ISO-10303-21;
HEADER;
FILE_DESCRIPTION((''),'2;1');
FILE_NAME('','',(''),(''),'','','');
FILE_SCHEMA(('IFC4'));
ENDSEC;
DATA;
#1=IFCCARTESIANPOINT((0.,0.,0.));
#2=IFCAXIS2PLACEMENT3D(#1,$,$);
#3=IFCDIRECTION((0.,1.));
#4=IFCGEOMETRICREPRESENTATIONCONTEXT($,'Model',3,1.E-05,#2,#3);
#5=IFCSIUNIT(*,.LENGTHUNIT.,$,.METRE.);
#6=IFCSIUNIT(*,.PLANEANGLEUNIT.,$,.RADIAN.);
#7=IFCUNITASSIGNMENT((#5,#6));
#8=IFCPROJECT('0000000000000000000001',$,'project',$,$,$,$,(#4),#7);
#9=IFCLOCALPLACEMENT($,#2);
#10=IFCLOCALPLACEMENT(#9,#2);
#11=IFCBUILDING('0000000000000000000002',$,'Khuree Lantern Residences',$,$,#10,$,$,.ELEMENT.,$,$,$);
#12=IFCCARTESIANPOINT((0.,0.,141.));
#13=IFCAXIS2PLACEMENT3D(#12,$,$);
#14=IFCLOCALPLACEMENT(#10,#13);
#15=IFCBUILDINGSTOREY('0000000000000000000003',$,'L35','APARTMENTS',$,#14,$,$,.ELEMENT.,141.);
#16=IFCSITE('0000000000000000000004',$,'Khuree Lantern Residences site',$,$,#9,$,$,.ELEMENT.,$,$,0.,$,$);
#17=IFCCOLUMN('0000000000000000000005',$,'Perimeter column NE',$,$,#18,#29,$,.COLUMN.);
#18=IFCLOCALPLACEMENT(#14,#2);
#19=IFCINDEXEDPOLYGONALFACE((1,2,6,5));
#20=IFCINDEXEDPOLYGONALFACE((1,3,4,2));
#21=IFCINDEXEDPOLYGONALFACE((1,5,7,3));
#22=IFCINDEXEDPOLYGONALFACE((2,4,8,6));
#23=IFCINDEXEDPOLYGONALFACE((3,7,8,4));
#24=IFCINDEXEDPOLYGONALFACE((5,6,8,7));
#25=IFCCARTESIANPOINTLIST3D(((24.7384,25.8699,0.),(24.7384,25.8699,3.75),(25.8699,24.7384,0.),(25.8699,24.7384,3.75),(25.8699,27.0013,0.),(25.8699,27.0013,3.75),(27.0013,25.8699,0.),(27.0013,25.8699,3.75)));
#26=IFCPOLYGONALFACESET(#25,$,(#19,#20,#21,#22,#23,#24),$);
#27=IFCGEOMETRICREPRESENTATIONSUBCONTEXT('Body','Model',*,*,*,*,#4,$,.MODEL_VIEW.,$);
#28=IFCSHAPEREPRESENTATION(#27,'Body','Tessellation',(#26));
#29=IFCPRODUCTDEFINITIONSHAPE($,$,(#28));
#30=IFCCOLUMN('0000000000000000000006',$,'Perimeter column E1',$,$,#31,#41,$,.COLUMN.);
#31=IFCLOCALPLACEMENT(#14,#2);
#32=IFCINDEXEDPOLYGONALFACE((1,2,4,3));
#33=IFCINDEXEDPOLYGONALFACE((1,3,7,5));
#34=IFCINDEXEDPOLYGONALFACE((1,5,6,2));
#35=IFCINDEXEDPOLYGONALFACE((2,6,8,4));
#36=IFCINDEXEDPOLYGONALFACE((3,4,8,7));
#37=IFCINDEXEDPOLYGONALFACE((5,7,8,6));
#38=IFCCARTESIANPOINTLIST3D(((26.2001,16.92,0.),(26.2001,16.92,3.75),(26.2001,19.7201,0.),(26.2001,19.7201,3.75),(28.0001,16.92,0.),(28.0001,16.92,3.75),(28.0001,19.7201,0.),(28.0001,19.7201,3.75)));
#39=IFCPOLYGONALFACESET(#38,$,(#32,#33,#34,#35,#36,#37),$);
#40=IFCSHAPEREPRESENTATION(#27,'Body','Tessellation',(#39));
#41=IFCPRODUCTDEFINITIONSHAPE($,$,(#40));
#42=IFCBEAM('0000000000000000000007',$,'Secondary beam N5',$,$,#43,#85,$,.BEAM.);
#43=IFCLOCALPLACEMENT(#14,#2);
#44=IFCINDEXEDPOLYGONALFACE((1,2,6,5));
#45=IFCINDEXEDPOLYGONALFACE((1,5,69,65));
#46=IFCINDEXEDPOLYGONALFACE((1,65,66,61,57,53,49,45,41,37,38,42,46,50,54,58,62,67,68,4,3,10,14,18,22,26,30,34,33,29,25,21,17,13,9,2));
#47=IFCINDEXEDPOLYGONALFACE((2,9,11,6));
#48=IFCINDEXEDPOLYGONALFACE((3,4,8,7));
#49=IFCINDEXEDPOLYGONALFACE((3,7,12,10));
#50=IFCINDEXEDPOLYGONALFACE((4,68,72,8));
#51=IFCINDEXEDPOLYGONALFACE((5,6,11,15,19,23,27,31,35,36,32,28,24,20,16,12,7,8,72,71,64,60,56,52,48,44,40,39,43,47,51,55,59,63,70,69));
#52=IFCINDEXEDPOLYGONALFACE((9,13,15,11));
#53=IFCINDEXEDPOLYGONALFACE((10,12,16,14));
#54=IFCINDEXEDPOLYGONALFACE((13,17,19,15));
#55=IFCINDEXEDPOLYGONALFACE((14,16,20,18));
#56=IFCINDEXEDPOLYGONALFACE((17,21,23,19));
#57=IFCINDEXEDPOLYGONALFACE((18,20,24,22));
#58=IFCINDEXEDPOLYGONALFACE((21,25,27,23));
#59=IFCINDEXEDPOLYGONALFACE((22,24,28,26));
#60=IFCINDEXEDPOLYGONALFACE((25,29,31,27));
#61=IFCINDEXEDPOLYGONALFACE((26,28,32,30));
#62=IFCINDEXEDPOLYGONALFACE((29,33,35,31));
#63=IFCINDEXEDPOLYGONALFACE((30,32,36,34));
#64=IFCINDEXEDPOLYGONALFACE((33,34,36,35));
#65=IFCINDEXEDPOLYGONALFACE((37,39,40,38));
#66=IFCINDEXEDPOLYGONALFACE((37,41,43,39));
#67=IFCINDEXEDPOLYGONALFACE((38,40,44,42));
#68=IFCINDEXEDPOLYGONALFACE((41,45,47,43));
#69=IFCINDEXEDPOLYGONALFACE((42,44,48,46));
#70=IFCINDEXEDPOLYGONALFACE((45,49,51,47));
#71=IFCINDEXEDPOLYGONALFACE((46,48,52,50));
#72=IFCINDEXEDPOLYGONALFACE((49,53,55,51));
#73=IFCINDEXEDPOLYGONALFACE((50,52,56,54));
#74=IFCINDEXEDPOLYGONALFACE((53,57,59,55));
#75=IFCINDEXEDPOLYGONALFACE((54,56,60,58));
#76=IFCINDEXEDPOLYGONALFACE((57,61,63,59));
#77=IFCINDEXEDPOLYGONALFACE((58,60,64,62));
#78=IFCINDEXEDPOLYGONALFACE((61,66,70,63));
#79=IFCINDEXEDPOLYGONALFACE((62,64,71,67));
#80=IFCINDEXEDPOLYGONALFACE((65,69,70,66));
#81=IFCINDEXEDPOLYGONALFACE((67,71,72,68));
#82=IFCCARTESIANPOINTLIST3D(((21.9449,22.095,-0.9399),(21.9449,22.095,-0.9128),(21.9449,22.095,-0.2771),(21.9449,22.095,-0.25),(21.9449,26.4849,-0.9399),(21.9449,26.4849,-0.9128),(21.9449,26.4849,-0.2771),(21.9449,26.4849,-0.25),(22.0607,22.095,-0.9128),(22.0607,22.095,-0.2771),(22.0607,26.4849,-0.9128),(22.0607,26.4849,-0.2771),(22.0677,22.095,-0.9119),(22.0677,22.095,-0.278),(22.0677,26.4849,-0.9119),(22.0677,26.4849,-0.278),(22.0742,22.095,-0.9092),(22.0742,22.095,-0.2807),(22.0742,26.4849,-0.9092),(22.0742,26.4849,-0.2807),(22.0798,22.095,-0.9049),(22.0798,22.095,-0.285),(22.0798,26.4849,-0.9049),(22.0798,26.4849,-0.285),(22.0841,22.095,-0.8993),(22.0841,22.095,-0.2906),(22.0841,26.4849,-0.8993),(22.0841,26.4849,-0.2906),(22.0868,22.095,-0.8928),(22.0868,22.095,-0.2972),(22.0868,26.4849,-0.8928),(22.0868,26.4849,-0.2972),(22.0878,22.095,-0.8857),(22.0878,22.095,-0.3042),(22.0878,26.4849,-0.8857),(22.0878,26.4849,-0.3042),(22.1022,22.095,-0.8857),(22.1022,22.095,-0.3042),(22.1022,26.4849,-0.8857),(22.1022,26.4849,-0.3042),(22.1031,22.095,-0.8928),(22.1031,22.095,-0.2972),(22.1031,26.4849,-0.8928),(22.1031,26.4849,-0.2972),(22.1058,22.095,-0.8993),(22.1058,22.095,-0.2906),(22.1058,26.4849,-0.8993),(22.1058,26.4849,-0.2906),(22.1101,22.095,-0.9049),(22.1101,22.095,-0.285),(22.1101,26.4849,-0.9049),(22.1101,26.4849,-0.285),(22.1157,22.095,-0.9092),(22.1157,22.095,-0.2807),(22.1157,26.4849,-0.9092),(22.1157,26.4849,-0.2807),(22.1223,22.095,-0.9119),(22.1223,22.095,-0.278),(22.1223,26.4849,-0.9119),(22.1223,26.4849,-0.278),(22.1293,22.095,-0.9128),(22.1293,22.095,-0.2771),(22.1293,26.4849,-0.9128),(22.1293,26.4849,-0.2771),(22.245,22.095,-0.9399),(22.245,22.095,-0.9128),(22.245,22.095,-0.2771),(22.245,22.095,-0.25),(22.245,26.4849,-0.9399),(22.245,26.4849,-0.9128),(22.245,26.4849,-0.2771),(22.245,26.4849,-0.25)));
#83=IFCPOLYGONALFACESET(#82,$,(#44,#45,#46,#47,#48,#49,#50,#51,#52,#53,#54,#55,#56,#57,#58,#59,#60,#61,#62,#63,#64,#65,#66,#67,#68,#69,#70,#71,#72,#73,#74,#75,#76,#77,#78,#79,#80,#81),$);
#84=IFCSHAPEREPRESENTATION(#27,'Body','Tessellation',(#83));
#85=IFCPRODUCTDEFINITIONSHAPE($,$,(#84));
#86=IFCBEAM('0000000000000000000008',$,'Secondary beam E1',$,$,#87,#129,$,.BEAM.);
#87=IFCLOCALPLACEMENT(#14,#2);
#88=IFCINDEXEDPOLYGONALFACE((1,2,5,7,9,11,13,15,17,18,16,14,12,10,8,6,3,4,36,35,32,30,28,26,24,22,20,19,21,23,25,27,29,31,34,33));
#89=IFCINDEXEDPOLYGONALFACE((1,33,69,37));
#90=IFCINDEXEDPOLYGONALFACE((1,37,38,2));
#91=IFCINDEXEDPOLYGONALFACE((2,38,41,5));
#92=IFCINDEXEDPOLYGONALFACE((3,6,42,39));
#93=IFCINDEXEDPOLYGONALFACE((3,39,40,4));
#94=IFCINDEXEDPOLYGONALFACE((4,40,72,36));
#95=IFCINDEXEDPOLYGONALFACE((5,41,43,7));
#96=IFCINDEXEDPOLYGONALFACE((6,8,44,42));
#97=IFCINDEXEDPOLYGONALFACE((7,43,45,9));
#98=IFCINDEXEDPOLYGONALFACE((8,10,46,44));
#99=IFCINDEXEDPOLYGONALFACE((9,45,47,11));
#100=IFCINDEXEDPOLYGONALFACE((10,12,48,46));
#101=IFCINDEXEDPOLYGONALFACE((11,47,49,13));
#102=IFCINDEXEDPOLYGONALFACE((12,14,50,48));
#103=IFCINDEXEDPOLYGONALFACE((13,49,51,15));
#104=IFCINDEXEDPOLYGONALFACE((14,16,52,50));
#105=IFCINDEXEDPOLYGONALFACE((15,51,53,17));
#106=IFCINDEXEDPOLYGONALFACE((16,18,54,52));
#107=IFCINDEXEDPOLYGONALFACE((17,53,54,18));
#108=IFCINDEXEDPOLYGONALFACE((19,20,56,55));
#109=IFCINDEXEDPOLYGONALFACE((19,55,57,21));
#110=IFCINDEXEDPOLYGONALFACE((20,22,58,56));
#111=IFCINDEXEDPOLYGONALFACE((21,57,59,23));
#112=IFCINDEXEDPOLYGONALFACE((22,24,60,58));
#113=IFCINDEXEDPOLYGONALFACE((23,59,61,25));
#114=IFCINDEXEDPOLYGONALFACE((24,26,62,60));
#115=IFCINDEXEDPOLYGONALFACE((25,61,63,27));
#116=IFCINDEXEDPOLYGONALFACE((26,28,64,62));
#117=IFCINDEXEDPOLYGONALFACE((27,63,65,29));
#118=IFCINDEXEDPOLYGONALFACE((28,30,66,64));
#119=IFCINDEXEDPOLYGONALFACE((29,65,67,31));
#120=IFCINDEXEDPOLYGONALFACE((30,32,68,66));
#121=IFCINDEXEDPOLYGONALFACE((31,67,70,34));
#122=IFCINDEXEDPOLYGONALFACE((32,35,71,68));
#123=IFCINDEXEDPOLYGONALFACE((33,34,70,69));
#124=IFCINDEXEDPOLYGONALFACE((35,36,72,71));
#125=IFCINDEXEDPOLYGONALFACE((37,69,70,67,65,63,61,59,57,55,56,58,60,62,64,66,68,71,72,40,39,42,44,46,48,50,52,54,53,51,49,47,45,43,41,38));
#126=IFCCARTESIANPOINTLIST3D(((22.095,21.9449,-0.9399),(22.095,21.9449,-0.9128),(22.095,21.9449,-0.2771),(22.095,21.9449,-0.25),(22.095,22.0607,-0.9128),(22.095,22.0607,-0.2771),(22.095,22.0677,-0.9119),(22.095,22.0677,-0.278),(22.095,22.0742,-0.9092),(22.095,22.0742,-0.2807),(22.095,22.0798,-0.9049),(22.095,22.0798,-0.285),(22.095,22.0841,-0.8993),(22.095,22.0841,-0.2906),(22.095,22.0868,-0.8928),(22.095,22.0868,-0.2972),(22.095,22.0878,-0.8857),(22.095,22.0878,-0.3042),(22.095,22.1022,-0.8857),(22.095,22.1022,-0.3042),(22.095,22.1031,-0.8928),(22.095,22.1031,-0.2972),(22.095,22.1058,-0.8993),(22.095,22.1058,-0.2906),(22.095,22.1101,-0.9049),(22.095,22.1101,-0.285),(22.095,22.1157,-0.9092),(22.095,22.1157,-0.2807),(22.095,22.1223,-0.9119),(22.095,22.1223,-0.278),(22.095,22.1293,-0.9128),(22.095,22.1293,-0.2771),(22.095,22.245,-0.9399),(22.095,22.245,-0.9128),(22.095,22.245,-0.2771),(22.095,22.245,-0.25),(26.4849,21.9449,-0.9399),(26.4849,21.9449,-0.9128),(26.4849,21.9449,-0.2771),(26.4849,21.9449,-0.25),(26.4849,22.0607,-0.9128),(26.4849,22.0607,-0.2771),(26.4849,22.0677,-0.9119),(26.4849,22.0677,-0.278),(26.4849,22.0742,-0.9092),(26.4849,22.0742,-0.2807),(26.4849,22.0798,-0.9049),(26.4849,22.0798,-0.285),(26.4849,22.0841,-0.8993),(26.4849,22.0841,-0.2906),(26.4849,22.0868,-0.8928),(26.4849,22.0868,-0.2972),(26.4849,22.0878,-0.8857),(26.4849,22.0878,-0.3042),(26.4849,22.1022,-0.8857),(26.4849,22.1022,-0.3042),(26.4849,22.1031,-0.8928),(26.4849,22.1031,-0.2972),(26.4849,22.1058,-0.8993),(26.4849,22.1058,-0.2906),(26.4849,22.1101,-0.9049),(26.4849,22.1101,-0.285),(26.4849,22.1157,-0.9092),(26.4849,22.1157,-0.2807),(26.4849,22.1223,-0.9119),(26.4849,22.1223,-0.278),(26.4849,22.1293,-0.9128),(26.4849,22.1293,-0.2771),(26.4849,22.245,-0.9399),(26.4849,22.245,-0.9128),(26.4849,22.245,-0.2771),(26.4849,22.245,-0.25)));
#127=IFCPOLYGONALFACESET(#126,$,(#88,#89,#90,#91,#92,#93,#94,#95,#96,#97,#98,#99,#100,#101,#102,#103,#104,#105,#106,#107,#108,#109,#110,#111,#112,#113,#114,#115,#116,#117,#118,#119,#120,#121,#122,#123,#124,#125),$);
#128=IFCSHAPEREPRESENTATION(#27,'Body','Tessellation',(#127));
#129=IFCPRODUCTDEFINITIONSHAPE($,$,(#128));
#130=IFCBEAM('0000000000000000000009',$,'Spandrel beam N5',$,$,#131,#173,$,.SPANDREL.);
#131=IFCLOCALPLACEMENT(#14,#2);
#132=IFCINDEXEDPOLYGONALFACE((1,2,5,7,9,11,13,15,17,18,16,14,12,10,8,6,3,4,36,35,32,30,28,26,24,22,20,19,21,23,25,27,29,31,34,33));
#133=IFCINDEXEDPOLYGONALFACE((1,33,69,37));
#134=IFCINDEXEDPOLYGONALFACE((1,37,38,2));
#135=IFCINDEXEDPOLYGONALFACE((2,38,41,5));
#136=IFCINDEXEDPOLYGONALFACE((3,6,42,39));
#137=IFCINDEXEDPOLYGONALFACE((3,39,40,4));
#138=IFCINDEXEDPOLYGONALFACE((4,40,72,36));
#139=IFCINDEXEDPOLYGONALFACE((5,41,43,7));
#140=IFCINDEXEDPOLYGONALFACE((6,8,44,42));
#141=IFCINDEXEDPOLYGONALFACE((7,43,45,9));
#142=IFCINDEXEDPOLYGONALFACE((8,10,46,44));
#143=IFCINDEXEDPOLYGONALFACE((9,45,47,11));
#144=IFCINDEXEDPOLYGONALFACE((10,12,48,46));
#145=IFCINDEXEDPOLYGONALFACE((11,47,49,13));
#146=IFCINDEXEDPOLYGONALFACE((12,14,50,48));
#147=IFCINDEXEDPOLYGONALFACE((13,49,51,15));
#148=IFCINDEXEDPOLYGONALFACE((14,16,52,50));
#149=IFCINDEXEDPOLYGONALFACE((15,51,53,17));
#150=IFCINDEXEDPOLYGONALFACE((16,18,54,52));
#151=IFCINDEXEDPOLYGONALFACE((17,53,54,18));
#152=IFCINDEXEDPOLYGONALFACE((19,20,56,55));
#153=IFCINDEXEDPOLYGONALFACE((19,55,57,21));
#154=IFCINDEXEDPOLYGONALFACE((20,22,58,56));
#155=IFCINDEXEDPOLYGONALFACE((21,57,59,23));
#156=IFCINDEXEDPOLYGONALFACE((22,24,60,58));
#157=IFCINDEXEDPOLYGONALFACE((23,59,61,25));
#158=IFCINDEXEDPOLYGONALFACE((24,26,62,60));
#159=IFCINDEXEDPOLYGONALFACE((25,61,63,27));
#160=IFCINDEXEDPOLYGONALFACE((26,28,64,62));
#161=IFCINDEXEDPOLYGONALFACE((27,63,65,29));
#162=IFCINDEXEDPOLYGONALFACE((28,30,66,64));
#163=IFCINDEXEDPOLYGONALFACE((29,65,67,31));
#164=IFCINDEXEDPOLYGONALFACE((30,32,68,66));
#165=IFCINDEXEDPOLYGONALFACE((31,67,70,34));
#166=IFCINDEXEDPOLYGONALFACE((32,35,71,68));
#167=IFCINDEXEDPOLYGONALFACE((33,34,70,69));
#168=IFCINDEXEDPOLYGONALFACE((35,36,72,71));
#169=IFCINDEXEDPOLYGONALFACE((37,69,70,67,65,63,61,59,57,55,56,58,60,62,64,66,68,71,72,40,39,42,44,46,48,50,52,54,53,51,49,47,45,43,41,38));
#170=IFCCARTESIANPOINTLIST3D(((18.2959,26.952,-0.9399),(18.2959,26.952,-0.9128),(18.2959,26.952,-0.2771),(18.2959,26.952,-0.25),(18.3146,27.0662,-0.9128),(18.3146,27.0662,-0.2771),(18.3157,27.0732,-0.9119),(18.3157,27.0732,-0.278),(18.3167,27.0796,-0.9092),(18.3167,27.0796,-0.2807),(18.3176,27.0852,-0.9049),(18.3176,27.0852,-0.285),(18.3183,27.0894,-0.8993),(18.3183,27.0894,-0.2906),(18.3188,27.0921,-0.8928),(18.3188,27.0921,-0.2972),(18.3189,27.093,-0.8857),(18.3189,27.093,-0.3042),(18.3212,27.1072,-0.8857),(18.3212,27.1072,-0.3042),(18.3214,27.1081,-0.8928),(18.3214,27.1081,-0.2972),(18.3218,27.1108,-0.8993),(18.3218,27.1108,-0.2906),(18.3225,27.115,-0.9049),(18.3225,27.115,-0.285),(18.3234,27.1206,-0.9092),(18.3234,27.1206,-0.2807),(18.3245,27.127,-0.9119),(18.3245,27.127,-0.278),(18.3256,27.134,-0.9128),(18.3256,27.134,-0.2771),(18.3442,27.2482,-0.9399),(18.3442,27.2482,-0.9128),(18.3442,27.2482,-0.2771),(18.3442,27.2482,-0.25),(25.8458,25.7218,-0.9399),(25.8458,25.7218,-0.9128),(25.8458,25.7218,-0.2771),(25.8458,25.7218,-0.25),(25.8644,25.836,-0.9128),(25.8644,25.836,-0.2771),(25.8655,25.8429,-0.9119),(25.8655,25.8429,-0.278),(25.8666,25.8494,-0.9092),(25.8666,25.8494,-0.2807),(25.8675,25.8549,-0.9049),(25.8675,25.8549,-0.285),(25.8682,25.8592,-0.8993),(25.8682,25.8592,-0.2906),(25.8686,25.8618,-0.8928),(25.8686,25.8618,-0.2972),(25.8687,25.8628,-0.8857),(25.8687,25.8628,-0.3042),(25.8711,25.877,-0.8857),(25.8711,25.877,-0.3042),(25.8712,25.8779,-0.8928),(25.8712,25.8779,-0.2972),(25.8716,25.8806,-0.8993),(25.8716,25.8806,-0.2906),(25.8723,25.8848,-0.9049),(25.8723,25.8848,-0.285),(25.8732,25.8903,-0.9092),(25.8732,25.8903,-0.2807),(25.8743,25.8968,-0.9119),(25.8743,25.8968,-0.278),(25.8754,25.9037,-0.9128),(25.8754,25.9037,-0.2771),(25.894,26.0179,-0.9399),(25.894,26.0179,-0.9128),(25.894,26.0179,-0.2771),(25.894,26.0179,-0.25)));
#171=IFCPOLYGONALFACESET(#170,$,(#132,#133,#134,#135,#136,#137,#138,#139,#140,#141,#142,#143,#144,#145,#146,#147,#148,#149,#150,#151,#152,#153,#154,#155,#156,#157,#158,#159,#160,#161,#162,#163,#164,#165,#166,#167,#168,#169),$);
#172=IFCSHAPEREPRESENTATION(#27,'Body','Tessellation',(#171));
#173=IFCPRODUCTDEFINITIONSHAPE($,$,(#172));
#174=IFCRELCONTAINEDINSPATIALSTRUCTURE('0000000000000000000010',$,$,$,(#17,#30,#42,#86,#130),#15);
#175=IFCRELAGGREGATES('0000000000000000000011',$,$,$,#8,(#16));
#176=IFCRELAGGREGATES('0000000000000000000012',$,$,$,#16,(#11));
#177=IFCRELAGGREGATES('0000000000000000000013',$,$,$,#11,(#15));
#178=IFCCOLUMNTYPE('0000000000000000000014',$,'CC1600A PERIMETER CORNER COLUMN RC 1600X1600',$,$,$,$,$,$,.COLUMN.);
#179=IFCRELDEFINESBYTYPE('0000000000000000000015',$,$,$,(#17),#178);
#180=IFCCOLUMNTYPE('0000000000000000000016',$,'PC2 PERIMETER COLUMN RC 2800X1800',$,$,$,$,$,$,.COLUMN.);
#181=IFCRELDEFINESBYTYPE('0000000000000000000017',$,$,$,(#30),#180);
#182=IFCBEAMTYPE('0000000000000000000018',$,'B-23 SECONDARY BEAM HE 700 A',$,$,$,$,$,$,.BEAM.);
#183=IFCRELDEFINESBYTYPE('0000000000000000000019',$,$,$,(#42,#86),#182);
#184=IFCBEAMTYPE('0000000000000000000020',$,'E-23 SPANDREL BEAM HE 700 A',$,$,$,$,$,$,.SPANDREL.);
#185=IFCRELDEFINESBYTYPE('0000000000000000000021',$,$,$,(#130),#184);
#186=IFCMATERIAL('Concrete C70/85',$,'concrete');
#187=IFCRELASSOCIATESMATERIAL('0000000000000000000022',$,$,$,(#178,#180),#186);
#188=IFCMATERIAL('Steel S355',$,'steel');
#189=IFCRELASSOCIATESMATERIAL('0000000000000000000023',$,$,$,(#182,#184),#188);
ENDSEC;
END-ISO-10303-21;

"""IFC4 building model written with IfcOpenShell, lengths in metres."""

from ifc_helpers import new_model, si_unit, direction, frame, origin, origin_2d, place, context, subcontext, project, spatial, rectangle, i_section, extrude, material, material_profile, profile_set, type_object, element, save


model = new_model("IFC4")

# Units and contexts
model_context = context("Model", 3, precision=1e-05, world=origin(), true_north=direction((0.0, 1.0)))
body_context = subcontext(model_context, "Body", "Model", "MODEL_VIEW")
ifc_project = project(units=[si_unit("LENGTHUNIT", "METRE"), si_unit("PLANEANGLEUNIT", "RADIAN")], contexts=[model_context])

# Site, building, storey
site_placement = place(None, origin())
site = spatial("IfcSite", under=ifc_project, at=site_placement, Name="Khuree Lantern Residences site", CompositionType="ELEMENT", RefElevation=0.0)
building_placement = place(site_placement, origin())
building = spatial("IfcBuilding", under=site, at=building_placement, Name="Khuree Lantern Residences", CompositionType="ELEMENT")
storey_placement = place(building_placement, frame((0.0, 0.0, 141.0)))
storey = spatial("IfcBuildingStorey", under=building, at=storey_placement, Name="L35", Description="APARTMENTS", CompositionType="ELEMENT", Elevation=141.0)

# Columns
ifc_material_1 = material(Name="Concrete C70/85", Category="concrete")
ifc_material_profile_1 = material_profile(ifc_material_1, rectangle(XDim=1.6001, YDim=1.6001, at=origin_2d()), Name="RC 1600X1600")
ifc_profile_set_1 = profile_set([ifc_material_profile_1], Name="Concrete C70/85")
column_type_1 = type_object("IfcColumnType", Name="CC1600A PERIMETER CORNER COLUMN RC 1600X1600", PredefinedType="COLUMN", material=ifc_profile_set_1)
column_1_placement = place(storey_placement, frame((25.8699, 25.8699, 0.0), z_axis=(0.0, 0.0, 1.0), x_axis=(0.707107, -0.707107, 0.0)))
element("IfcColumn", 1, at=column_1_placement, inside=storey, type_object=column_type_1, Name="Perimeter column NE", PredefinedType="COLUMN", context=body_context, shape_type="SweptSolid", body=[
    extrude(rectangle(XDim=1.6001, YDim=1.6001, at=origin_2d()), origin(), (0.0, 0.0, 1.0), 3.75),
])
ifc_material_profile_2 = material_profile(ifc_material_1, rectangle(XDim=2.8, YDim=1.8, at=origin_2d()), Name="RC 2800X1800")
ifc_profile_set_2 = profile_set([ifc_material_profile_2], Name="Concrete C70/85")
column_type_2 = type_object("IfcColumnType", Name="PC2 PERIMETER COLUMN RC 2800X1800", PredefinedType="COLUMN", material=ifc_profile_set_2)
column_2_placement = place(storey_placement, frame((27.1001, 18.3201, 0.0), z_axis=(0.0, 0.0, 1.0), x_axis=(0.0, 1.0, 0.0)))
element("IfcColumn", 2, at=column_2_placement, inside=storey, type_object=column_type_2, Name="Perimeter column E1", PredefinedType="COLUMN", context=body_context, shape_type="SweptSolid", body=[
    extrude(rectangle(XDim=2.8, YDim=1.8, at=origin_2d()), origin(), (0.0, 0.0, 1.0), 3.75),
])

# Beams
ifc_material_2 = material(Name="Steel S355", Category="steel")
ifc_material_profile_3 = material_profile(ifc_material_2, i_section(OverallWidth=0.3, OverallDepth=0.6899, WebThickness=0.0144, FlangeThickness=0.0271, FilletRadius=0.0271, at=origin_2d()), Name="HE 700 A")
ifc_profile_set_3 = profile_set([ifc_material_profile_3], Name="Steel S355")
beam_type_1 = type_object("IfcBeamType", Name="B-23 SECONDARY BEAM HE 700 A", PredefinedType="BEAM", material=ifc_profile_set_3)
for number, where, z_axis, x_axis, name in (
    (3, (22.095, 26.4849, -0.595), (0.0, -1.0, 0.0), (1.0, 0.0, 0.0), "Secondary beam N5"),
    (4, (26.4849, 22.095, -0.595), (-1.0, 0.0, 0.0), (0.0, -1.0, 0.0), "Secondary beam E1"),
):
    element("IfcBeam", number, at=place(storey_placement, frame(where, z_axis=z_axis, x_axis=x_axis)), inside=storey, type_object=beam_type_1, Name=name, PredefinedType="BEAM", context=body_context, shape_type="SweptSolid", body=[
        extrude(i_section(OverallWidth=0.3, OverallDepth=0.6899, WebThickness=0.0144, FlangeThickness=0.0271, FilletRadius=0.0271, at=origin_2d()), origin(), (0.0, 0.0, 1.0), 4.3899),
    ])
ifc_material_profile_4 = material_profile(ifc_material_2, i_section(OverallWidth=0.3, OverallDepth=0.6899, WebThickness=0.0144, FlangeThickness=0.0271, FilletRadius=0.0271, at=origin_2d()), Name="HE 700 A")
ifc_profile_set_4 = profile_set([ifc_material_profile_4], Name="Steel S355")
beam_type_2 = type_object("IfcBeamType", Name="E-23 SPANDREL BEAM HE 700 A", PredefinedType="SPANDREL", material=ifc_profile_set_4)
for number, where, z_axis, x_axis, name in (
    (5, (18.3201, 27.1001, -0.595), (0.986983, -0.160827, 0.0), (0.160827, 0.986983, 0.0), "Spandrel beam N5"),
):
    element("IfcBeam", number, at=place(storey_placement, frame(where, z_axis=z_axis, x_axis=x_axis)), inside=storey, type_object=beam_type_2, Name=name, PredefinedType="SPANDREL", context=body_context, shape_type="SweptSolid", body=[
        extrude(i_section(OverallWidth=0.3, OverallDepth=0.6899, WebThickness=0.0144, FlangeThickness=0.0271, FilletRadius=0.0271, at=origin_2d()), origin(), (0.0, 0.0, 1.0), 7.6494),
    ])

save(model, "model.ifc")
